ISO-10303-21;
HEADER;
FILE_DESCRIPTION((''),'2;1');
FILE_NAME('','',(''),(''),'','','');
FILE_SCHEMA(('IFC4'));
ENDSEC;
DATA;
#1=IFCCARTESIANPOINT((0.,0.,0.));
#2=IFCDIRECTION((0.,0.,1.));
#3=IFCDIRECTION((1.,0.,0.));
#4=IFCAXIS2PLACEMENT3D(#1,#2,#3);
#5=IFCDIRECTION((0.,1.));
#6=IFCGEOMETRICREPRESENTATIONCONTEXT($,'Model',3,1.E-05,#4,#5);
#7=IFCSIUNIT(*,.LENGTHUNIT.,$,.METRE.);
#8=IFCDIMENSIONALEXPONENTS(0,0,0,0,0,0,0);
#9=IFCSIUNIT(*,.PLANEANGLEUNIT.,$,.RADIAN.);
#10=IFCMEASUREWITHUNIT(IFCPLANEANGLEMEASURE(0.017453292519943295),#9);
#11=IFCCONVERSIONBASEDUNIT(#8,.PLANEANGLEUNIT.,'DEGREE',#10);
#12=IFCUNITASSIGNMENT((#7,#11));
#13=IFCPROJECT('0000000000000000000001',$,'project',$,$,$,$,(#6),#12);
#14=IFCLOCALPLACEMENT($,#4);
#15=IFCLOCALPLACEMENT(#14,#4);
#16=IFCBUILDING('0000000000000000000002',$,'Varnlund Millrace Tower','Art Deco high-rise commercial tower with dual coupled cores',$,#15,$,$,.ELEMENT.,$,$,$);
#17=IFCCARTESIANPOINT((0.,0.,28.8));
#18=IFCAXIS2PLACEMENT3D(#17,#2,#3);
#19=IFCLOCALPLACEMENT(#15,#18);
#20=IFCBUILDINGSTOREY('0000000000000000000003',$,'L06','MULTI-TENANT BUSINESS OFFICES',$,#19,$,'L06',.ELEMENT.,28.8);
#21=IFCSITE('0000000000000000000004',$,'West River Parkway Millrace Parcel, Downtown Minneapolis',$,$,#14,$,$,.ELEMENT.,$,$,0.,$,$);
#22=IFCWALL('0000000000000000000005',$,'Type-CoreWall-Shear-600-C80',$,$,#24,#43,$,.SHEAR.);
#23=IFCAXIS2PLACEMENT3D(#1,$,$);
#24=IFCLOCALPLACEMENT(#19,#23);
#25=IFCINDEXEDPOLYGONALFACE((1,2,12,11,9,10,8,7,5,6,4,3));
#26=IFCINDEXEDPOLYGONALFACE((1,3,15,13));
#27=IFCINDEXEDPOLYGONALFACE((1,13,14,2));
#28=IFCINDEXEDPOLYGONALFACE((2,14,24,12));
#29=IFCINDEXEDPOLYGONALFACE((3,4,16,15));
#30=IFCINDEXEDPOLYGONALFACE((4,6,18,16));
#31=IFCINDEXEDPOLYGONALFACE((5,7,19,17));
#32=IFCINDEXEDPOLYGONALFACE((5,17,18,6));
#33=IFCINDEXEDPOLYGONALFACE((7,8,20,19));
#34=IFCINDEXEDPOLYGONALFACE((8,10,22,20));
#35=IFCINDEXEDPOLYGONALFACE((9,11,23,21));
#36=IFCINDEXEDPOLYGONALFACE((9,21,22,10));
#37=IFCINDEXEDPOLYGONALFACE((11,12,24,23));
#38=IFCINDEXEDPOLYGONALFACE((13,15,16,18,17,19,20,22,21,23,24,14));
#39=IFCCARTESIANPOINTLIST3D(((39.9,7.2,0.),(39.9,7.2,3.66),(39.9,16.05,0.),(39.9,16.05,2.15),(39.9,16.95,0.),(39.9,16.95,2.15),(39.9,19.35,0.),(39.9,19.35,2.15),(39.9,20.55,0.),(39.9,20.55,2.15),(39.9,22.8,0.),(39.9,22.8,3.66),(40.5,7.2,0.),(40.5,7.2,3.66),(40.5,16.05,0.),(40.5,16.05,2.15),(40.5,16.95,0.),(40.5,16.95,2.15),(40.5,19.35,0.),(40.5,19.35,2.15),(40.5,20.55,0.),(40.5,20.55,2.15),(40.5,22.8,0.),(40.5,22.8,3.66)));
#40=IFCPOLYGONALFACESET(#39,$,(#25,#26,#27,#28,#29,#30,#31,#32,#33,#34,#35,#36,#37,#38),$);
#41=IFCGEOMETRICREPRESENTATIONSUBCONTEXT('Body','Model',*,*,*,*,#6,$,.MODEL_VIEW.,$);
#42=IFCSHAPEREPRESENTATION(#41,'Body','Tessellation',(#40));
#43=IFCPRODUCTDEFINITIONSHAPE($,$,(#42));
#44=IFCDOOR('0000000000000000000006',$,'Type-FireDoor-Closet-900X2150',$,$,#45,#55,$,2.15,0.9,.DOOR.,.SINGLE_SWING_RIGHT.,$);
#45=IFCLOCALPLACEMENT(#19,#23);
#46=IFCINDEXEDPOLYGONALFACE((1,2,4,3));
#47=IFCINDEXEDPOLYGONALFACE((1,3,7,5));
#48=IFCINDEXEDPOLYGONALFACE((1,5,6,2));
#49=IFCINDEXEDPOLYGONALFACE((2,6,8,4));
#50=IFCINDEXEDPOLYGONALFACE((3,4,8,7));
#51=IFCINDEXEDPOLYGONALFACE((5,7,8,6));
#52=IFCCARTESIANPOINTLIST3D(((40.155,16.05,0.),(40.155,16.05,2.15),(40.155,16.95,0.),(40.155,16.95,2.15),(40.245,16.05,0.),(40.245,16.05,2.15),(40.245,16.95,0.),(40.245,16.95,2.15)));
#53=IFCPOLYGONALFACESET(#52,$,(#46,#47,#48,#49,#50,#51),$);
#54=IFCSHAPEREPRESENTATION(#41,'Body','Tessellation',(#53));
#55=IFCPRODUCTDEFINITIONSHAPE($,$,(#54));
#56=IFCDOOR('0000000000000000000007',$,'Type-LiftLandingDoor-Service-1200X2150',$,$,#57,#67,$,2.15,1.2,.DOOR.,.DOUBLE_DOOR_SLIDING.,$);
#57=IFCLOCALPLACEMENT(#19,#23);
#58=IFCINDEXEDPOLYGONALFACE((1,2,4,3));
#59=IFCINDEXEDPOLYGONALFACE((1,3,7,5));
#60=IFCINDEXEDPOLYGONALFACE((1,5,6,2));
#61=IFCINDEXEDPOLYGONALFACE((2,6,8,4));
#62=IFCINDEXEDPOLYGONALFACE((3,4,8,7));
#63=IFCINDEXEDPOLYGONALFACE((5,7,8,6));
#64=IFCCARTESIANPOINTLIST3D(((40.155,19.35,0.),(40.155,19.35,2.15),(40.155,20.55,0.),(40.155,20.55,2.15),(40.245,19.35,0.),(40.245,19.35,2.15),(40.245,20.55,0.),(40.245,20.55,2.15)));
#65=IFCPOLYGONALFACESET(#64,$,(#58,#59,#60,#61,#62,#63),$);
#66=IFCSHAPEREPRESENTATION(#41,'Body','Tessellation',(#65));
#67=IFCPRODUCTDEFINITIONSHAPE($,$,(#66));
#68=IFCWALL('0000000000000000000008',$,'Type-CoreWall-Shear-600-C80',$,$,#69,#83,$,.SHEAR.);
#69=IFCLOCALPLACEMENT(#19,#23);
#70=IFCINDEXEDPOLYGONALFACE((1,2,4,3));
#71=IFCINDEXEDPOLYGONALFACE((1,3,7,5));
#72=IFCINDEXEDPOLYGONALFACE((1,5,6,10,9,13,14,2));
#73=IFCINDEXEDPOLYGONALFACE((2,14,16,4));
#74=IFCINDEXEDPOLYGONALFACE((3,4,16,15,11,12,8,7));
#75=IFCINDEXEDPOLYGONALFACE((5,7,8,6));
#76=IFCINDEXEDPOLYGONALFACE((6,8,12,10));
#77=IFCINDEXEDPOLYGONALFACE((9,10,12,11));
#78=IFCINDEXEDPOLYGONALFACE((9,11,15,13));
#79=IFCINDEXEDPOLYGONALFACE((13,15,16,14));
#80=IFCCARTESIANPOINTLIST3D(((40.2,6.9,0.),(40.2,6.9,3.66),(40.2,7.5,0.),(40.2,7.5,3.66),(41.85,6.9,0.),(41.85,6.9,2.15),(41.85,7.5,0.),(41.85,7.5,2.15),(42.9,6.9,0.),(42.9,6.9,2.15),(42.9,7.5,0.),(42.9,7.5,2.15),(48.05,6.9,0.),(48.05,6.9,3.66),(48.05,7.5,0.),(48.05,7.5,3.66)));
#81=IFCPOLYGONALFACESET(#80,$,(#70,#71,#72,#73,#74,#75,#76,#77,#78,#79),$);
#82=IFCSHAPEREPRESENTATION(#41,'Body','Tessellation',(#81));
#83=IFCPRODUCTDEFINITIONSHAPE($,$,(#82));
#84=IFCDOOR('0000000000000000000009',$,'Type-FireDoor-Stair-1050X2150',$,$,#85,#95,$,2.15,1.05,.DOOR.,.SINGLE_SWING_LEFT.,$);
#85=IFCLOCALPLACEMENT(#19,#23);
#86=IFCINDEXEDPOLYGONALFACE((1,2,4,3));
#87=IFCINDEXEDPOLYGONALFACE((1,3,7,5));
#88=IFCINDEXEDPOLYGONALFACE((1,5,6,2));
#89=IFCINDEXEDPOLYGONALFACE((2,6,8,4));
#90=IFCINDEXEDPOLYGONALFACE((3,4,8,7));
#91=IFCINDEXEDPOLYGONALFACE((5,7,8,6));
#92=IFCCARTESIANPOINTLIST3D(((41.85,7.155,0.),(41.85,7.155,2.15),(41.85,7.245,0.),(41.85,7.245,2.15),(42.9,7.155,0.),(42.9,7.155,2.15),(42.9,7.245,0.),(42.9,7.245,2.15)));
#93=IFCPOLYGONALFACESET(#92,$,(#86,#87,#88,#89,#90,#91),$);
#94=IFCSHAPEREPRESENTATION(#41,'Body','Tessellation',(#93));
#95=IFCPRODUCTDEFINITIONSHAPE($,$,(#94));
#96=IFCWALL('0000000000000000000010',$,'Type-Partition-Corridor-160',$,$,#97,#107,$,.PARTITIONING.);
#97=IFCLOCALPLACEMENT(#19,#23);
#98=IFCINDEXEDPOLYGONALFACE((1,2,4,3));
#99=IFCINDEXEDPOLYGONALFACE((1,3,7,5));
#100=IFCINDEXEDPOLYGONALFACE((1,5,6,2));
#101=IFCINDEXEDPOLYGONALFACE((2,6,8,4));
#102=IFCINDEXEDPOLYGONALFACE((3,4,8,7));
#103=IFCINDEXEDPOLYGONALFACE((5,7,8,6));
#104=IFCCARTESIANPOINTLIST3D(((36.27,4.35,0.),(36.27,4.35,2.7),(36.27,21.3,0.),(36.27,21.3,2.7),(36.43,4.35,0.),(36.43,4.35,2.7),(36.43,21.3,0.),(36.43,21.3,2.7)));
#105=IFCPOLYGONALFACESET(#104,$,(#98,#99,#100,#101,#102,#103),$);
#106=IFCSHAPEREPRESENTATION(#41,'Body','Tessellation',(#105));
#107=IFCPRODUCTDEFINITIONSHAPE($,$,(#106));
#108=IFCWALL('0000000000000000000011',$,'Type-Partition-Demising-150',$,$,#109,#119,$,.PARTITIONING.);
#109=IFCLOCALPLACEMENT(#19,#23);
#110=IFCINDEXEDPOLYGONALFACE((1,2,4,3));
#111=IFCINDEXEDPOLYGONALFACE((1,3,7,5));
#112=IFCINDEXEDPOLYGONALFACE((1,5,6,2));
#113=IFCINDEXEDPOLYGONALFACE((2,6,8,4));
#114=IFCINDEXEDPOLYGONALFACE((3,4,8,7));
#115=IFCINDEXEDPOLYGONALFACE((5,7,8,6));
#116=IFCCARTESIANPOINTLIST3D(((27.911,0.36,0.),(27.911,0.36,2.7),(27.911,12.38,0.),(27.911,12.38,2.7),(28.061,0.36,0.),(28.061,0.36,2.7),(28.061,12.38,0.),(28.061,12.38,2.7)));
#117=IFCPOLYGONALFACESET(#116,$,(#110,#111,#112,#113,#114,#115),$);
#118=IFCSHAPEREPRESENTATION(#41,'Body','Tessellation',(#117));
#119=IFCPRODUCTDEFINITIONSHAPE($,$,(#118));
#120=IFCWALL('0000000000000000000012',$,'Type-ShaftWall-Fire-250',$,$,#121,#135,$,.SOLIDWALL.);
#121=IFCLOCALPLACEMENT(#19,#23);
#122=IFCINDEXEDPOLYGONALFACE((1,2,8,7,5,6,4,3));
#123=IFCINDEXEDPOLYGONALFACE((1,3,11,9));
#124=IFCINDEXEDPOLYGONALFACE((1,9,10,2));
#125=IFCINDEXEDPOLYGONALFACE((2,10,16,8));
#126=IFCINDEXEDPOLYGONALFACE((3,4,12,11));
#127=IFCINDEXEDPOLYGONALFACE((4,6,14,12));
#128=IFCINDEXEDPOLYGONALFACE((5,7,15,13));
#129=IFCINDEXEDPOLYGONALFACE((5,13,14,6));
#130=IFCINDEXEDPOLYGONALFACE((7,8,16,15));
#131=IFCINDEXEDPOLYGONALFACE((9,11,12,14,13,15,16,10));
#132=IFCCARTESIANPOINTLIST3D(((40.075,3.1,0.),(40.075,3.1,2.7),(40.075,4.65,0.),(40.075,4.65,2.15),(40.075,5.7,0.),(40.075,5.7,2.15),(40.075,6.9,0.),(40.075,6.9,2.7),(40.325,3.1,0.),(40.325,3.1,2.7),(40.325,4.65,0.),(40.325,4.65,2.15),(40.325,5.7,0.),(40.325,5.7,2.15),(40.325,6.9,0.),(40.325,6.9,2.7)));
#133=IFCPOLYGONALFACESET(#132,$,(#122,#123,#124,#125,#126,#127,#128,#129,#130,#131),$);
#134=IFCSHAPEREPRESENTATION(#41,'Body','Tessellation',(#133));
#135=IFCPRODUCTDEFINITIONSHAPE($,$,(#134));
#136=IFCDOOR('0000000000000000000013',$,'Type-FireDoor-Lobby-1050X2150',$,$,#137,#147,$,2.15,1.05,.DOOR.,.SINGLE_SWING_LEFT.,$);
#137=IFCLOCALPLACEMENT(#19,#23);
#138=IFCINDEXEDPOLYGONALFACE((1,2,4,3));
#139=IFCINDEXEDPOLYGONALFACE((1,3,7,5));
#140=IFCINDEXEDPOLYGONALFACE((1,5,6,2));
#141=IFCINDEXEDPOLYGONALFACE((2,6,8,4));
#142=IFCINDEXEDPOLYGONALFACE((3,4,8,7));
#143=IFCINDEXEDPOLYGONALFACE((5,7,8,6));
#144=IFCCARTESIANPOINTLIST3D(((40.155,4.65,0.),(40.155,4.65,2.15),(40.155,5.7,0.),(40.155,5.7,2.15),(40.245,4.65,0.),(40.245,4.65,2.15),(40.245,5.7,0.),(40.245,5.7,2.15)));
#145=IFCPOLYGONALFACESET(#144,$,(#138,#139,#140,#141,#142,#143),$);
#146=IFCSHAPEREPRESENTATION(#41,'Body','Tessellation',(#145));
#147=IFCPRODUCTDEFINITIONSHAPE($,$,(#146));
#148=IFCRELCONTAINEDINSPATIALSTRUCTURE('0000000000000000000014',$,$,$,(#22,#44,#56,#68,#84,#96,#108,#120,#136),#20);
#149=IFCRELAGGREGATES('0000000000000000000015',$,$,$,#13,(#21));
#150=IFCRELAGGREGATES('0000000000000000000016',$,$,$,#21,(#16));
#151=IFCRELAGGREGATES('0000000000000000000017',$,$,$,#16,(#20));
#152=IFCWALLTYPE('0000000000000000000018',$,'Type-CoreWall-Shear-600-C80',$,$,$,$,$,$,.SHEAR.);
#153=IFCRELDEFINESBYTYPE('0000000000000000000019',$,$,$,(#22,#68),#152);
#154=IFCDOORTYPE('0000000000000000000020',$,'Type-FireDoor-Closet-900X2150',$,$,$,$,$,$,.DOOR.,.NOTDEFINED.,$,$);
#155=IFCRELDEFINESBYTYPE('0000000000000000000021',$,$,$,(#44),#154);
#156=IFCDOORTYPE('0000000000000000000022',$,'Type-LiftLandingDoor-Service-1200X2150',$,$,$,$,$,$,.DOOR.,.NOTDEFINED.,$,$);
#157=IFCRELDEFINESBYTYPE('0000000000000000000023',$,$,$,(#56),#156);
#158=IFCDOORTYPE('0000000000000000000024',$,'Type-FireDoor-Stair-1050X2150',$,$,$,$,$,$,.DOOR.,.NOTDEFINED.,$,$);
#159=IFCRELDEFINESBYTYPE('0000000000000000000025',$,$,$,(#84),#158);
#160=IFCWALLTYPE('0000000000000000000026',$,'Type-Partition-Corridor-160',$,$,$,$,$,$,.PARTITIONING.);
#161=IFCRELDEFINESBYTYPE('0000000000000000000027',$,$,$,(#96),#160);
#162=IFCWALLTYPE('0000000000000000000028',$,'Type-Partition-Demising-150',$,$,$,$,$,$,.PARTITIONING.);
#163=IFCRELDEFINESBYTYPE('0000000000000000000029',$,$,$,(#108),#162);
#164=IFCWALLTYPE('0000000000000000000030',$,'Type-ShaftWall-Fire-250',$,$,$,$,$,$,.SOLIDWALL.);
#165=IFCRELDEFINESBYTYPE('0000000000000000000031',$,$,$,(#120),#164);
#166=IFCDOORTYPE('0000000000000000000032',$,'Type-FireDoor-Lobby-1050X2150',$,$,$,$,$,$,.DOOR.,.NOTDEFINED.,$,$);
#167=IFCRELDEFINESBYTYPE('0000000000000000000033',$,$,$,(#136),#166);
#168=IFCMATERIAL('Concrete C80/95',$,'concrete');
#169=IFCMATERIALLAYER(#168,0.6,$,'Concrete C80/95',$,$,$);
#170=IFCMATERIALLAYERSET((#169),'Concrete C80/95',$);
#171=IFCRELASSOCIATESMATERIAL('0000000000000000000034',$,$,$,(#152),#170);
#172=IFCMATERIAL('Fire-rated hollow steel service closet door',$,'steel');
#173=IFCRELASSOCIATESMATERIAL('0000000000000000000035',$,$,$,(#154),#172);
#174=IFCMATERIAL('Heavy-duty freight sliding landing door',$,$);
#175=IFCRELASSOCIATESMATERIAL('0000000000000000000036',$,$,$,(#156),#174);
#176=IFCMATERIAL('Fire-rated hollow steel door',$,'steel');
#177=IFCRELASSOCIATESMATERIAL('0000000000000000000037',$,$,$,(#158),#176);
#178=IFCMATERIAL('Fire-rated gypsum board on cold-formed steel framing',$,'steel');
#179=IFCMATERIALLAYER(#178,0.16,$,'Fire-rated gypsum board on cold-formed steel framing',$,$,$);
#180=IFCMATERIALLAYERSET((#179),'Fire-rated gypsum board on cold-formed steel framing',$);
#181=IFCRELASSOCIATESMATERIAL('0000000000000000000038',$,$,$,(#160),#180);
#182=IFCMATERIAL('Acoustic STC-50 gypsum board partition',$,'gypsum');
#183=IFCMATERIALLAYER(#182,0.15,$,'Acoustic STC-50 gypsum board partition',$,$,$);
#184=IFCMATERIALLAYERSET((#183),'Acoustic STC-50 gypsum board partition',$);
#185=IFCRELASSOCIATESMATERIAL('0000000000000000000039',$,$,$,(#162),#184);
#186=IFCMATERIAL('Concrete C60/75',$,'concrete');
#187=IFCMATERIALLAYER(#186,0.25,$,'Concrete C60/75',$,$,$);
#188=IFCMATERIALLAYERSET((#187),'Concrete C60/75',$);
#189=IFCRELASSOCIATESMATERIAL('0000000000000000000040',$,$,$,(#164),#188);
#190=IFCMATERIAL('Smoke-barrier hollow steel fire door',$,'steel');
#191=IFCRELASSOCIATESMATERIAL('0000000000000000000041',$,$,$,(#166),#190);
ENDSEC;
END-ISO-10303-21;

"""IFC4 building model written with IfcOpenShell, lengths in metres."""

from ifc_helpers import new_model, entity, si_unit, converted_unit, direction, frame, origin_with_axes, origin_2d_with_axis, place, context, subcontext, project, spatial, polyline, rectangle, outline, extrude, material, layer, layer_set, type_object, element, fill, save


model = new_model("IFC4")

# Units and contexts
model_context = context("Model", 3, precision=1e-05, world=origin_with_axes(), true_north=direction((0.0, 1.0)))
body_context = subcontext(model_context, "Body", "Model", "MODEL_VIEW")
ifc_project = project(units=[si_unit("LENGTHUNIT", "METRE"), converted_unit("PLANEANGLEUNIT", "DEGREE", entity("IfcPlaneAngleMeasure", 0.017453292519943295), si_unit("PLANEANGLEUNIT", "RADIAN"), dimensions=[0, 0, 0, 0, 0, 0, 0])], contexts=[model_context])

# Site, building, storey
site_placement = place(None, origin_with_axes())
site = spatial("IfcSite", under=ifc_project, at=site_placement, Name="West River Parkway Millrace Parcel, Downtown Minneapolis", CompositionType="ELEMENT", RefElevation=0.0)
building_placement = place(site_placement, origin_with_axes())
building = spatial("IfcBuilding", under=site, at=building_placement, Name="Varnlund Millrace Tower", Description="Art Deco high-rise commercial tower with dual coupled cores", CompositionType="ELEMENT")
storey_placement = place(building_placement, frame((0.0, 0.0, 28.8), z_axis=(0.0, 0.0, 1.0), x_axis=(1.0, 0.0, 0.0)))
storey = spatial("IfcBuildingStorey", under=building, at=storey_placement, Name="L06", Description="MULTI-TENANT BUSINESS OFFICES", LongName="L06", CompositionType="ELEMENT", Elevation=28.8)

# Shared definitions
ifc_material_1 = material(Name="Concrete C80/95", Category="concrete")

# Wall, openings, doors
ifc_layer_1 = layer(ifc_material_1, 0.6, Name="Concrete C80/95")
ifc_layer_set_1 = layer_set([ifc_layer_1], Name="Concrete C80/95")
wall_type_1 = type_object("IfcWallType", Name="Type-CoreWall-Shear-600-C80", PredefinedType="SHEAR", material=ifc_layer_set_1)
wall_1_placement = place(storey_placement, frame((40.2, 7.2, 0.0), z_axis=(0.0, 0.0, 1.0), x_axis=(0.0, 1.0, 0.0)))
wall_1 = element("IfcWall", 1, at=wall_1_placement, inside=storey, type_object=wall_type_1, Name="Type-CoreWall-Shear-600-C80", PredefinedType="SHEAR", context=body_context, shape_type="SweptSolid", body=[
    extrude(outline(polyline([(0.0, -0.3), (15.6, -0.3), (15.6, 0.3), (0.0, 0.3), (0.0, -0.3)])), origin_with_axes(), (0.0, 0.0, 1.0), 3.66),
])
opening_1_placement = place(wall_1_placement, frame((12.75, 0.0, 0.0), z_axis=(0.0, 0.0, 1.0), x_axis=(1.0, 0.0, 0.0)))
opening_1 = element("IfcOpeningElement", 2, at=opening_1_placement, cuts=wall_1, PredefinedType="OPENING", context=body_context, shape_type="SweptSolid", body=[
    extrude(rectangle(XDim=1.2, YDim=0.62, at=origin_2d_with_axis()), origin_with_axes(), (0.0, 0.0, 1.0), 2.15),
])
opening_2_placement = place(wall_1_placement, frame((9.3, 0.0, 0.0), z_axis=(0.0, 0.0, 1.0), x_axis=(1.0, 0.0, 0.0)))
opening_2 = element("IfcOpeningElement", 3, at=opening_2_placement, cuts=wall_1, PredefinedType="OPENING", context=body_context, shape_type="SweptSolid", body=[
    extrude(rectangle(XDim=0.9, YDim=0.62, at=origin_2d_with_axis()), origin_with_axes(), (0.0, 0.0, 1.0), 2.15),
])
ifc_material_2 = material(Name="Fire-rated hollow steel service closet door", Category="steel")
door_type_1 = type_object("IfcDoorType", Name="Type-FireDoor-Closet-900X2150", OperationType="NOTDEFINED", PredefinedType="DOOR", material=ifc_material_2)
door_1_placement = place(wall_1_placement, frame((9.3, 0.0, 0.0), z_axis=(0.0, 0.0, 1.0), x_axis=(1.0, 0.0, 0.0)))
door_1 = element("IfcDoor", 4, at=door_1_placement, inside=storey, type_object=door_type_1, Name="Type-FireDoor-Closet-900X2150", OperationType="SINGLE_SWING_RIGHT", OverallHeight=2.15, OverallWidth=0.9, PredefinedType="DOOR", context=body_context, shape_type="SweptSolid", body=[
    extrude(rectangle(XDim=0.9, YDim=0.09, at=origin_2d_with_axis()), origin_with_axes(), (0.0, 0.0, 1.0), 2.15),
])
fill(opening_2, door_1)
ifc_material_3 = material(Name="Heavy-duty freight sliding landing door")
door_type_2 = type_object("IfcDoorType", Name="Type-LiftLandingDoor-Service-1200X2150", OperationType="NOTDEFINED", PredefinedType="DOOR", material=ifc_material_3)
door_2_placement = place(wall_1_placement, frame((12.75, 0.0, 0.0), z_axis=(0.0, 0.0, 1.0), x_axis=(1.0, 0.0, 0.0)))
door_2 = element("IfcDoor", 5, at=door_2_placement, inside=storey, type_object=door_type_2, Name="Type-LiftLandingDoor-Service-1200X2150", OperationType="DOUBLE_DOOR_SLIDING", OverallHeight=2.15, OverallWidth=1.2, PredefinedType="DOOR", context=body_context, shape_type="SweptSolid", body=[
    extrude(rectangle(XDim=1.2, YDim=0.09, at=origin_2d_with_axis()), origin_with_axes(), (0.0, 0.0, 1.0), 2.15),
])
fill(opening_1, door_2)

# Wall, opening, door
wall_2_placement = place(storey_placement, frame((40.2, 7.2, 0.0), z_axis=(0.0, 0.0, 1.0), x_axis=(1.0, 0.0, 0.0)))
wall_2 = element("IfcWall", 6, at=wall_2_placement, inside=storey, type_object=wall_type_1, Name="Type-CoreWall-Shear-600-C80", PredefinedType="SHEAR", context=body_context, shape_type="SweptSolid", body=[
    extrude(outline(polyline([(0.0, -0.3), (7.85, -0.3), (7.85, 0.3), (0.0, 0.3), (0.0, -0.3)])), origin_with_axes(), (0.0, 0.0, 1.0), 3.66),
])
opening_3_placement = place(wall_2_placement, frame((2.175, 0.0, 0.0), z_axis=(0.0, 0.0, 1.0), x_axis=(1.0, 0.0, 0.0)))
opening_3 = element("IfcOpeningElement", 7, at=opening_3_placement, cuts=wall_2, PredefinedType="OPENING", context=body_context, shape_type="SweptSolid", body=[
    extrude(rectangle(XDim=1.05, YDim=0.62, at=origin_2d_with_axis()), origin_with_axes(), (0.0, 0.0, 1.0), 2.15),
])
ifc_material_4 = material(Name="Fire-rated hollow steel door", Category="steel")
door_type_3 = type_object("IfcDoorType", Name="Type-FireDoor-Stair-1050X2150", OperationType="NOTDEFINED", PredefinedType="DOOR", material=ifc_material_4)
door_3_placement = place(wall_2_placement, frame((2.175, 0.0, 0.0), z_axis=(0.0, 0.0, 1.0), x_axis=(1.0, 0.0, 0.0)))
door_3 = element("IfcDoor", 8, at=door_3_placement, inside=storey, type_object=door_type_3, Name="Type-FireDoor-Stair-1050X2150", OperationType="SINGLE_SWING_LEFT", OverallHeight=2.15, OverallWidth=1.05, PredefinedType="DOOR", context=body_context, shape_type="SweptSolid", body=[
    extrude(rectangle(XDim=1.05, YDim=0.09, at=origin_2d_with_axis()), origin_with_axes(), (0.0, 0.0, 1.0), 2.15),
])
fill(opening_3, door_3)

# Walls
ifc_material_5 = material(Name="Fire-rated gypsum board on cold-formed steel framing", Category="steel")
ifc_layer_2 = layer(ifc_material_5, 0.16, Name="Fire-rated gypsum board on cold-formed steel framing")
ifc_layer_set_2 = layer_set([ifc_layer_2], Name="Fire-rated gypsum board on cold-formed steel framing")
wall_type_2 = type_object("IfcWallType", Name="Type-Partition-Corridor-160", PredefinedType="PARTITIONING", material=ifc_layer_set_2)
wall_3_placement = place(storey_placement, frame((36.35, 4.35, 0.0), z_axis=(0.0, 0.0, 1.0), x_axis=(0.0, 1.0, 0.0)))
element("IfcWall", 9, at=wall_3_placement, inside=storey, type_object=wall_type_2, Name="Type-Partition-Corridor-160", PredefinedType="PARTITIONING", context=body_context, shape_type="SweptSolid", body=[
    extrude(outline(polyline([(0.0, -0.08), (16.95, -0.08), (16.95, 0.08), (0.0, 0.08), (0.0, -0.08)])), origin_with_axes(), (0.0, 0.0, 1.0), 2.7),
])
ifc_material_6 = material(Name="Acoustic STC-50 gypsum board partition", Category="gypsum")
ifc_layer_3 = layer(ifc_material_6, 0.15, Name="Acoustic STC-50 gypsum board partition")
ifc_layer_set_3 = layer_set([ifc_layer_3], Name="Acoustic STC-50 gypsum board partition")
wall_type_3 = type_object("IfcWallType", Name="Type-Partition-Demising-150", PredefinedType="PARTITIONING", material=ifc_layer_set_3)
wall_4_placement = place(storey_placement, frame((27.986, 0.36, 0.0), z_axis=(0.0, 0.0, 1.0), x_axis=(0.0, 1.0, 0.0)))
element("IfcWall", 10, at=wall_4_placement, inside=storey, type_object=wall_type_3, Name="Type-Partition-Demising-150", PredefinedType="PARTITIONING", context=body_context, shape_type="SweptSolid", body=[
    extrude(outline(polyline([(0.0, -0.075), (12.02, -0.075), (12.02, 0.075), (0.0, 0.075), (0.0, -0.075)])), origin_with_axes(), (0.0, 0.0, 1.0), 2.7),
])

# Wall, opening, door
ifc_material_7 = material(Name="Concrete C60/75", Category="concrete")
ifc_layer_4 = layer(ifc_material_7, 0.25, Name="Concrete C60/75")
ifc_layer_set_4 = layer_set([ifc_layer_4], Name="Concrete C60/75")
wall_type_4 = type_object("IfcWallType", Name="Type-ShaftWall-Fire-250", PredefinedType="SOLIDWALL", material=ifc_layer_set_4)
wall_5_placement = place(storey_placement, frame((40.2, 3.1, 0.0), z_axis=(0.0, 0.0, 1.0), x_axis=(0.0, 1.0, 0.0)))
wall_5 = element("IfcWall", 11, at=wall_5_placement, inside=storey, type_object=wall_type_4, Name="Type-ShaftWall-Fire-250", PredefinedType="SOLIDWALL", context=body_context, shape_type="SweptSolid", body=[
    extrude(outline(polyline([(0.0, -0.125), (3.8, -0.125), (3.8, 0.125), (0.0, 0.125), (0.0, -0.125)])), origin_with_axes(), (0.0, 0.0, 1.0), 2.7),
])
opening_4_placement = place(wall_5_placement, frame((2.075, 0.0, 0.0), z_axis=(0.0, 0.0, 1.0), x_axis=(1.0, 0.0, 0.0)))
opening_4 = element("IfcOpeningElement", 12, at=opening_4_placement, cuts=wall_5, PredefinedType="OPENING", context=body_context, shape_type="SweptSolid", body=[
    extrude(rectangle(XDim=1.05, YDim=0.27, at=origin_2d_with_axis()), origin_with_axes(), (0.0, 0.0, 1.0), 2.15),
])
ifc_material_8 = material(Name="Smoke-barrier hollow steel fire door", Category="steel")
door_type_4 = type_object("IfcDoorType", Name="Type-FireDoor-Lobby-1050X2150", OperationType="NOTDEFINED", PredefinedType="DOOR", material=ifc_material_8)
door_4_placement = place(wall_5_placement, frame((2.075, 0.0, 0.0), z_axis=(0.0, 0.0, 1.0), x_axis=(1.0, 0.0, 0.0)))
door_4 = element("IfcDoor", 13, at=door_4_placement, inside=storey, type_object=door_type_4, Name="Type-FireDoor-Lobby-1050X2150", OperationType="SINGLE_SWING_LEFT", OverallHeight=2.15, OverallWidth=1.05, PredefinedType="DOOR", context=body_context, shape_type="SweptSolid", body=[
    extrude(rectangle(XDim=1.05, YDim=0.09, at=origin_2d_with_axis()), origin_with_axes(), (0.0, 0.0, 1.0), 2.15),
])
fill(opening_4, door_4)

save(model, "model.ifc")
